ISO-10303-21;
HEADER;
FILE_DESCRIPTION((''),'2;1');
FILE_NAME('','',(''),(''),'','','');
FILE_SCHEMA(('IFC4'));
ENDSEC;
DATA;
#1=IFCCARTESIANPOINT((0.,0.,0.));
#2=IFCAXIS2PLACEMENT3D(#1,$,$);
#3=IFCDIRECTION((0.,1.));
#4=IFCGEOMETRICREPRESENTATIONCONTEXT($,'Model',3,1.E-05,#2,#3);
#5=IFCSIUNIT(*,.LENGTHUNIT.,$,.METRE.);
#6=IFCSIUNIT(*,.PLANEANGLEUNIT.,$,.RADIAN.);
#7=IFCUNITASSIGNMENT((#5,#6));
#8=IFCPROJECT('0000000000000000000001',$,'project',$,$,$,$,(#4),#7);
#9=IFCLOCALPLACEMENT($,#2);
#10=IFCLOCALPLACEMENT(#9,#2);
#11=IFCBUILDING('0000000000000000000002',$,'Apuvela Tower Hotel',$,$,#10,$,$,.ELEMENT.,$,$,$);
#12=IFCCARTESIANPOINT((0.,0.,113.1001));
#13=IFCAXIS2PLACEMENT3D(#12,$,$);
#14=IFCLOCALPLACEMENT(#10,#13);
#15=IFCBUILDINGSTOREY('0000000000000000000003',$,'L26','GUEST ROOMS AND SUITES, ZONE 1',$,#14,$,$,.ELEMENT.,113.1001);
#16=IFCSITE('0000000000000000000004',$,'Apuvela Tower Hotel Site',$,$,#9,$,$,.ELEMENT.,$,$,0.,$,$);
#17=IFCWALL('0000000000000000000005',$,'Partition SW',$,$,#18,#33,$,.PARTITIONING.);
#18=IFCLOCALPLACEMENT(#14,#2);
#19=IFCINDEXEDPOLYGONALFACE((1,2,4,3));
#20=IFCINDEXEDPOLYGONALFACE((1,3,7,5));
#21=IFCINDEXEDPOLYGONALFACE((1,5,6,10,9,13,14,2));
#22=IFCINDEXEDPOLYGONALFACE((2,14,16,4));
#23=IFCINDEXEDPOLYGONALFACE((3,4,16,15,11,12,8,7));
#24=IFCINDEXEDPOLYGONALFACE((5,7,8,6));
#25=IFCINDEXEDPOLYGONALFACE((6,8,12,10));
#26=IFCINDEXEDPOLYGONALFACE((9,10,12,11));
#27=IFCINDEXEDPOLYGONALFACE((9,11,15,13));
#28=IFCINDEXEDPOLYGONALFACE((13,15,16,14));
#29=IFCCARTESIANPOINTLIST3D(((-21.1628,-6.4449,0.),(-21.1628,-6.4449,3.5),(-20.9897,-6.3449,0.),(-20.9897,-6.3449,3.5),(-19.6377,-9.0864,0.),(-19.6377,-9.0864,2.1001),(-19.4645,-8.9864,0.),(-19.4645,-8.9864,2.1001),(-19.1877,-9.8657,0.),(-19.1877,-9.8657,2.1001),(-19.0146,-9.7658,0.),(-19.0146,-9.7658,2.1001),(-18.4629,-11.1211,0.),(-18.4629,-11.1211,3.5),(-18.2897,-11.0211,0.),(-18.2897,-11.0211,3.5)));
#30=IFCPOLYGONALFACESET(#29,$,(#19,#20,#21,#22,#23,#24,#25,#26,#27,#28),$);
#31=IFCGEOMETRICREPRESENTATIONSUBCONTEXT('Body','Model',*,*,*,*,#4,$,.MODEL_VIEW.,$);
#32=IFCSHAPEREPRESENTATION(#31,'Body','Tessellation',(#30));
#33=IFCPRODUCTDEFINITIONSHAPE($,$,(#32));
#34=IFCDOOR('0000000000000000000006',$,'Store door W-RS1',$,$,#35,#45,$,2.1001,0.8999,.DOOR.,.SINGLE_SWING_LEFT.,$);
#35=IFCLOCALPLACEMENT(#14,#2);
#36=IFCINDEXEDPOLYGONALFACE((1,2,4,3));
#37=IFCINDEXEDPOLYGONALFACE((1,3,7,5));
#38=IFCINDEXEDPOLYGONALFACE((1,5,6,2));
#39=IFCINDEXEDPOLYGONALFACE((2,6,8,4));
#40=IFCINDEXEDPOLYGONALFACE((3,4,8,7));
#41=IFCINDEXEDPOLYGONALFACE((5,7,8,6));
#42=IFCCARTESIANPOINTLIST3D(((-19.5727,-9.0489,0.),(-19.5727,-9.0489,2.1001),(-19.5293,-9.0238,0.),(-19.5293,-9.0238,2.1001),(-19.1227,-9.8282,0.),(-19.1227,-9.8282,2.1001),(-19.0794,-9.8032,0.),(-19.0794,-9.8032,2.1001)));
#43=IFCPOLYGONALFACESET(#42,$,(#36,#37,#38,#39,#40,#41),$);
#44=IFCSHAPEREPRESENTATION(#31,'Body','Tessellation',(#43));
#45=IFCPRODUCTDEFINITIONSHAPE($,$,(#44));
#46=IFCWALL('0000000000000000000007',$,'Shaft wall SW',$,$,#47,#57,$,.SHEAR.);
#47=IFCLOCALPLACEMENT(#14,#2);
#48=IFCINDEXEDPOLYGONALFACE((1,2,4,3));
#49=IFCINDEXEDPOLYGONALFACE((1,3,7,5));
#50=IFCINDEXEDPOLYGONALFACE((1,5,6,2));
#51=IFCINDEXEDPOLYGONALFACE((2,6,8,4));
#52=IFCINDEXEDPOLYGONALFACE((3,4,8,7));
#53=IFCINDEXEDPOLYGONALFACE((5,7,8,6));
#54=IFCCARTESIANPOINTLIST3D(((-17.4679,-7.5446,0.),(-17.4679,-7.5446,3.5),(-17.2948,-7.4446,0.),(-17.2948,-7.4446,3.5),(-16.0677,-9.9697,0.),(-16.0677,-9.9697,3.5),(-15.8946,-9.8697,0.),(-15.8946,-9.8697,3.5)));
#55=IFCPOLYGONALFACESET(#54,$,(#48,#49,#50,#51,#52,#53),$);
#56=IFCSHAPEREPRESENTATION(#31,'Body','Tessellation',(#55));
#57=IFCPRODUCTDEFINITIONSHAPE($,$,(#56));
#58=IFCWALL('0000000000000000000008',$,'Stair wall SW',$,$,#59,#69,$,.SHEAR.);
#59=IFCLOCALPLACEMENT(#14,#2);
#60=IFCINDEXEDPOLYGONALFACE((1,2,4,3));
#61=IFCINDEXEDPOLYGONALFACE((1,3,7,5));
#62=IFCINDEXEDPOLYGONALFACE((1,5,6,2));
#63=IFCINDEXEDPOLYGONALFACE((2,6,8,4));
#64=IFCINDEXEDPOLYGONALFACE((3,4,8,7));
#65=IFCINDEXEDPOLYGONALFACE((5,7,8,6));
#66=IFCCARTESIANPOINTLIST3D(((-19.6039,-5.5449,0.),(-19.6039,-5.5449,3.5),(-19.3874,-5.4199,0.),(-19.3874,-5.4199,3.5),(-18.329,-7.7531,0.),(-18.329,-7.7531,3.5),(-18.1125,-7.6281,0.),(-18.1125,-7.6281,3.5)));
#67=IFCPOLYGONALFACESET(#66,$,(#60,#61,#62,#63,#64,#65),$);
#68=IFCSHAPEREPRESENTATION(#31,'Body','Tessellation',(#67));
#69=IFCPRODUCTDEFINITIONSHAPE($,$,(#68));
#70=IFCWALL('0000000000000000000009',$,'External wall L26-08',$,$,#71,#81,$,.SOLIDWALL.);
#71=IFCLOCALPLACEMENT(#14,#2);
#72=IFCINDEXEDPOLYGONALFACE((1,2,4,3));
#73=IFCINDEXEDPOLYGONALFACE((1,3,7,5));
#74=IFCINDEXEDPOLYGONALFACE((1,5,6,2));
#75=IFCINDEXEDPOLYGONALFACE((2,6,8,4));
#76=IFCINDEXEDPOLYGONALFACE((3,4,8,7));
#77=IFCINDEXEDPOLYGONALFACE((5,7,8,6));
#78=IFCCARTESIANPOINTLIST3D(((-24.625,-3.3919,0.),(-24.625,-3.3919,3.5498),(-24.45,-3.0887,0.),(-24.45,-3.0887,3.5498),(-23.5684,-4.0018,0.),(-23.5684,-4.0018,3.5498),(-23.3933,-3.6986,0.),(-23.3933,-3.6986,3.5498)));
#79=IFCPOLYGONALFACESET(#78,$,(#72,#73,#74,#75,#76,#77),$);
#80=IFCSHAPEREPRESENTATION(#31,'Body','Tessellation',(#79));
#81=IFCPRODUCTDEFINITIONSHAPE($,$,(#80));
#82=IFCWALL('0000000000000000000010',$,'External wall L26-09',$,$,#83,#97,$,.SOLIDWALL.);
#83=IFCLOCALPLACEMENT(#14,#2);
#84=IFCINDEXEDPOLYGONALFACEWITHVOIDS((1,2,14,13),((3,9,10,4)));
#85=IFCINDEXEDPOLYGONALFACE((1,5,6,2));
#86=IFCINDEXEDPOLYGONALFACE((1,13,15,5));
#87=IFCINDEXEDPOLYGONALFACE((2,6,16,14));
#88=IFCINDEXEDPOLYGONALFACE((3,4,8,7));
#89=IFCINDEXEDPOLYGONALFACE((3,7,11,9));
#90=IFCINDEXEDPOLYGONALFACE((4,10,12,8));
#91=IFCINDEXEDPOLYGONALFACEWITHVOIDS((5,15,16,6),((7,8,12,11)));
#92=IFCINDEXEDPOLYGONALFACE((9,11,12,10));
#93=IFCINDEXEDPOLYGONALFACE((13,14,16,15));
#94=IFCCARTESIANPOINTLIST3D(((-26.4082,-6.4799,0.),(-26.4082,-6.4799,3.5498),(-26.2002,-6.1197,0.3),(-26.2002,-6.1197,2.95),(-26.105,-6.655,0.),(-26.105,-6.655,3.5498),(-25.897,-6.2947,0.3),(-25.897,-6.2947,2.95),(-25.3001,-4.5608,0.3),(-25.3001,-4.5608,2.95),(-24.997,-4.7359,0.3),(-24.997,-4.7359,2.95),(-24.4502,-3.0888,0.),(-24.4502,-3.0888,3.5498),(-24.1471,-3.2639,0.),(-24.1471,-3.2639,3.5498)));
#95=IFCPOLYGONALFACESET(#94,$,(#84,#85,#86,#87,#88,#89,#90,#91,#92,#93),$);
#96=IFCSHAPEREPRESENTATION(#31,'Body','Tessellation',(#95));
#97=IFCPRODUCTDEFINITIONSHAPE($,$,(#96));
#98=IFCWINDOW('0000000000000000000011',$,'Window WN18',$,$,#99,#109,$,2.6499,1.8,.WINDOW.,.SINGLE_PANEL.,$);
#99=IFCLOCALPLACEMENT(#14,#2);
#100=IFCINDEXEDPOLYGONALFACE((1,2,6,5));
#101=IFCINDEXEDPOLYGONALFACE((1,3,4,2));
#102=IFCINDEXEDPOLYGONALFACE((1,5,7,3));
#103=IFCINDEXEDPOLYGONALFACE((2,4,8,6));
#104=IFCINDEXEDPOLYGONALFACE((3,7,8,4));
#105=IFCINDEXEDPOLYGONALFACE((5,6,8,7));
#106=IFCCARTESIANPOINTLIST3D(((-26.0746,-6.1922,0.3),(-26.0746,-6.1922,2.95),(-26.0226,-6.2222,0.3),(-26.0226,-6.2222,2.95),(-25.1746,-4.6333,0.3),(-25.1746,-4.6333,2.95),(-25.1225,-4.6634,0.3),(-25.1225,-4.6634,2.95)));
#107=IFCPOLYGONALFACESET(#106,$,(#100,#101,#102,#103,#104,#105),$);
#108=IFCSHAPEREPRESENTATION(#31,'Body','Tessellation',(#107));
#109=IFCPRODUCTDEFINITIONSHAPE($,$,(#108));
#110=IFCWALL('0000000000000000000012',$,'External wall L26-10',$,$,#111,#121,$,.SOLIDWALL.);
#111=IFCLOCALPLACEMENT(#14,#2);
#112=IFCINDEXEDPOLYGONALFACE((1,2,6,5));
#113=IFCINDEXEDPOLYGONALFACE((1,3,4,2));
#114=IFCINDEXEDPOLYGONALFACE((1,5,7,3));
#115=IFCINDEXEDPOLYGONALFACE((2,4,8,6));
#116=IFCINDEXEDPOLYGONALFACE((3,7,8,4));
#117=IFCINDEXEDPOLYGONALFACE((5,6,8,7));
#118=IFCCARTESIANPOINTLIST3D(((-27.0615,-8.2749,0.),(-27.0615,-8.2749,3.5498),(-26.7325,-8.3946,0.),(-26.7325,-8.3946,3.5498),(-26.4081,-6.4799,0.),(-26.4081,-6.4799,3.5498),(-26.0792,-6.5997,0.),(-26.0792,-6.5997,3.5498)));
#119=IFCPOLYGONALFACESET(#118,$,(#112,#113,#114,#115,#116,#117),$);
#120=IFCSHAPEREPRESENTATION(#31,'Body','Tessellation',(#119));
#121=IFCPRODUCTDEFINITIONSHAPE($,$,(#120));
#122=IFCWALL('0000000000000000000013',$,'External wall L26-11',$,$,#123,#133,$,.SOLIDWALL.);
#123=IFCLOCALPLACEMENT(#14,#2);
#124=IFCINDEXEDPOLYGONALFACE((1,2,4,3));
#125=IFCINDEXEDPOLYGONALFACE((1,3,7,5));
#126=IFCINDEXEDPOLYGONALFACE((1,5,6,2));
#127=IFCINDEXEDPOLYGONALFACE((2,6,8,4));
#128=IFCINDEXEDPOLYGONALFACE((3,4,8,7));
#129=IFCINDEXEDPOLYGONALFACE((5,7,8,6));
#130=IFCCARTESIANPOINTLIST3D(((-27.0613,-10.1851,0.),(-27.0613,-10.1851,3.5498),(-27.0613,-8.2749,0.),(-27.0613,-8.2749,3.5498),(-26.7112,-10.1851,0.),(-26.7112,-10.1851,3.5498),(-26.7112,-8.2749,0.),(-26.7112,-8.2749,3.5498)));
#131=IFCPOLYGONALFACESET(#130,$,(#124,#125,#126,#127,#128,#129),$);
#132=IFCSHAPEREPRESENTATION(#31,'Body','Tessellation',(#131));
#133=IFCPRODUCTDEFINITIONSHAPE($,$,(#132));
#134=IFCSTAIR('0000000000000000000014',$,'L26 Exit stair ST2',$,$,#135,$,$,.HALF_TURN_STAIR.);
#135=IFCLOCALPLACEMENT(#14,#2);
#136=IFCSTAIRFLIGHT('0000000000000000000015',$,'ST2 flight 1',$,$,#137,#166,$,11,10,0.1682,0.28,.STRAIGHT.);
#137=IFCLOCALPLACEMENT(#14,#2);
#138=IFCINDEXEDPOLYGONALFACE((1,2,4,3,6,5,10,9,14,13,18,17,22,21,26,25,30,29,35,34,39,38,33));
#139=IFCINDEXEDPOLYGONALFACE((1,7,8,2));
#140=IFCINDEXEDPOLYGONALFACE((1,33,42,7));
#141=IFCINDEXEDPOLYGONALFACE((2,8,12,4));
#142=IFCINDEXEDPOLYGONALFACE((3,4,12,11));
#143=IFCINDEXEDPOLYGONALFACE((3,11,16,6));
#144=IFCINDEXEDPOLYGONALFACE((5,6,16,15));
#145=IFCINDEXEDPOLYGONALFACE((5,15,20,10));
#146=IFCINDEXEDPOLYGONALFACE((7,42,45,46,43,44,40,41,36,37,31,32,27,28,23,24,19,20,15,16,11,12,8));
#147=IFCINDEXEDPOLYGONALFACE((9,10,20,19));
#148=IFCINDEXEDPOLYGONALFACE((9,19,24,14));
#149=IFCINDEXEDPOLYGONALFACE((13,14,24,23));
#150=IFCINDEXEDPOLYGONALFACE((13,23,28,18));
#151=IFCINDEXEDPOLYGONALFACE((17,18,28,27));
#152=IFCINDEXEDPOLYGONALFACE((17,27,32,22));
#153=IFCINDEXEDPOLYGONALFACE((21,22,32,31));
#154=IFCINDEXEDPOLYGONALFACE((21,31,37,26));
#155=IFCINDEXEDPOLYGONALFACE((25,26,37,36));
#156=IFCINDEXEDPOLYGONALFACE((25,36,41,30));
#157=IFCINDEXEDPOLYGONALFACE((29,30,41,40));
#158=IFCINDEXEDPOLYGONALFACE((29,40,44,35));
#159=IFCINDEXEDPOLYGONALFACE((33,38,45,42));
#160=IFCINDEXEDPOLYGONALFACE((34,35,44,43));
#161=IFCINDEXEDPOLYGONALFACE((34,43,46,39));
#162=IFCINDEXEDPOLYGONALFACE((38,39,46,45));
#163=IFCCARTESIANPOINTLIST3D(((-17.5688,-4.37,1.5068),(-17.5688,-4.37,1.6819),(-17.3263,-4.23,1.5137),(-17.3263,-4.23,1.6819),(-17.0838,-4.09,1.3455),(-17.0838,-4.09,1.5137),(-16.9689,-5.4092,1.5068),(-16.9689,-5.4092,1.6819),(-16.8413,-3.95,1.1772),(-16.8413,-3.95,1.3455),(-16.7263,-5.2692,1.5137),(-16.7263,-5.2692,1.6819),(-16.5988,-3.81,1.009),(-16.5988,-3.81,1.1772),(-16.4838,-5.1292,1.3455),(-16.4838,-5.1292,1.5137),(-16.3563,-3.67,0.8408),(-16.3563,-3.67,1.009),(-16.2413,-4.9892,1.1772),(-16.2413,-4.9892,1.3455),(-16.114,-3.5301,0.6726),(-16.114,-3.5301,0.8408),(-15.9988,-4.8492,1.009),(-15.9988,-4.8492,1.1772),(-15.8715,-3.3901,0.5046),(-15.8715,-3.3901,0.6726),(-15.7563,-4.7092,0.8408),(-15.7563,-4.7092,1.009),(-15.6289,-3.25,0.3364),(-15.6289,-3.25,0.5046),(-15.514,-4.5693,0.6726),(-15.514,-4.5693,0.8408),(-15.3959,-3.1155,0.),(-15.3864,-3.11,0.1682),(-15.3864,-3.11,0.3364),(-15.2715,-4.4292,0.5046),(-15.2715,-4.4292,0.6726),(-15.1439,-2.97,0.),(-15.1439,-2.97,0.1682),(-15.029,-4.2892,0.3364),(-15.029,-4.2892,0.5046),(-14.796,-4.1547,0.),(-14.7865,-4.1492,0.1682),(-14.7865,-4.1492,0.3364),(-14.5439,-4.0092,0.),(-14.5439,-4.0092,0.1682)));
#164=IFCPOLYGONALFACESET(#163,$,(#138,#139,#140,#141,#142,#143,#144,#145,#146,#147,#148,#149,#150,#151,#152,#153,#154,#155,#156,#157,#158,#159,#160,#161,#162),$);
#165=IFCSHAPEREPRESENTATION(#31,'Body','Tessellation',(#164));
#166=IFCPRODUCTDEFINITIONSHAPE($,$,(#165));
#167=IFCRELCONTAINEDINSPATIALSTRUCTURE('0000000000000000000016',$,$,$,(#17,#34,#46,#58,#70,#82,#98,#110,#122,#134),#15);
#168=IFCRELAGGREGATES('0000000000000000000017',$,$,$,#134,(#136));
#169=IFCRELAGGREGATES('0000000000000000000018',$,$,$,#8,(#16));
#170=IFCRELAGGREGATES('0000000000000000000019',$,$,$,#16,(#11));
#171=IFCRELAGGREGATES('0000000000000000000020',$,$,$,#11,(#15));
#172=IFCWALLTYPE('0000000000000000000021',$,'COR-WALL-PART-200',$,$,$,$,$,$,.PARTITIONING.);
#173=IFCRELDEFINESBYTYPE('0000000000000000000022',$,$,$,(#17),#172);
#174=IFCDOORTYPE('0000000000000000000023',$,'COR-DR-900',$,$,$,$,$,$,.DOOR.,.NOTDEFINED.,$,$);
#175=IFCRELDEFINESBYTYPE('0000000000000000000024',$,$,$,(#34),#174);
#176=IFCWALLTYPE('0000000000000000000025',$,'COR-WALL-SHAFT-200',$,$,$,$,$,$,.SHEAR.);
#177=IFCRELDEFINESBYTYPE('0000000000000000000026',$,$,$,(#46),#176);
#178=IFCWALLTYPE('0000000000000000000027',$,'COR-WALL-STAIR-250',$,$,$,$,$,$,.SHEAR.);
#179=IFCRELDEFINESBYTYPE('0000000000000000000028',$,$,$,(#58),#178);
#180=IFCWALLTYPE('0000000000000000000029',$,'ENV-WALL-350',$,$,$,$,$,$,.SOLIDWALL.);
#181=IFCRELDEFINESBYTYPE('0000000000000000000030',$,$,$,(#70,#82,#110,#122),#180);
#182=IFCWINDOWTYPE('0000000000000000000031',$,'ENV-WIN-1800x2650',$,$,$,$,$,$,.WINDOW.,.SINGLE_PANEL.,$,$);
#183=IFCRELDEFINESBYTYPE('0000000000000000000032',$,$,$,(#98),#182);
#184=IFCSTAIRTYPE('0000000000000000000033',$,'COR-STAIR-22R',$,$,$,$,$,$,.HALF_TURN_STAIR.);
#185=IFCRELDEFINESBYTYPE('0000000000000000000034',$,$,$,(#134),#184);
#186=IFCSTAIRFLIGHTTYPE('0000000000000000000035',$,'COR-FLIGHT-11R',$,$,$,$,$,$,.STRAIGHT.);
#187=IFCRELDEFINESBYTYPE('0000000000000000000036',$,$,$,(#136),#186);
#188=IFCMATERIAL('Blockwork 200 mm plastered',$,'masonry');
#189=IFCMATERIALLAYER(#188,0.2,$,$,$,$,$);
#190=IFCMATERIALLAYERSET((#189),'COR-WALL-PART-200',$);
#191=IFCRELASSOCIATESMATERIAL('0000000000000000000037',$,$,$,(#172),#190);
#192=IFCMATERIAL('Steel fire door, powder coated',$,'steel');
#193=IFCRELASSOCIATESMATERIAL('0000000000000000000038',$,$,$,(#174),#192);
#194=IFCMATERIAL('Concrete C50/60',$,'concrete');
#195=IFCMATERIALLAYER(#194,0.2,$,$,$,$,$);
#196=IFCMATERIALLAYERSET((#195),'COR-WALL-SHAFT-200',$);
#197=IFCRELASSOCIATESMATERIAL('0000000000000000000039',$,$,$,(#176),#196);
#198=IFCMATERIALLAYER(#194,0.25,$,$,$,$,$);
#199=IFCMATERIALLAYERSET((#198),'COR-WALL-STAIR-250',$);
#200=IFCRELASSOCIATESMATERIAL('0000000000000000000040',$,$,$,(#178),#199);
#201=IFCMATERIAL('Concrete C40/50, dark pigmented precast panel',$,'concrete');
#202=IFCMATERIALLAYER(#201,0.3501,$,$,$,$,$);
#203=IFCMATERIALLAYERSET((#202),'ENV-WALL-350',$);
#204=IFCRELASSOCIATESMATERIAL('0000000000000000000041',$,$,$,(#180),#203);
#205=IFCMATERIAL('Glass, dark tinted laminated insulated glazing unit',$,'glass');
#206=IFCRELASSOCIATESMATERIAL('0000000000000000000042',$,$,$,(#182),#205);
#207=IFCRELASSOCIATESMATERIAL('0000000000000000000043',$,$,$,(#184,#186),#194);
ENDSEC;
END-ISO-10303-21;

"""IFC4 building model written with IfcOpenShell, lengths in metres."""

from ifc_helpers import new_model, si_unit, direction, frame, frame_2d, origin, place, context, subcontext, project, spatial, polyline, rectangle, outline, extrude, material, layer, layer_set, type_object, element, fill, aggregate, save


model = new_model("IFC4")

# Units and contexts
model_context = context("Model", 3, precision=1e-05, world=origin(), true_north=direction((0.0, 1.0)))
body_context = subcontext(model_context, "Body", "Model", "MODEL_VIEW")
ifc_project = project(units=[si_unit("LENGTHUNIT", "METRE"), si_unit("PLANEANGLEUNIT", "RADIAN")], contexts=[model_context])

# Site, building, storey
site_placement = place(None, origin())
site = spatial("IfcSite", under=ifc_project, at=site_placement, Name="Apuvela Tower Hotel Site", CompositionType="ELEMENT", RefElevation=0.0)
building_placement = place(site_placement, origin())
building = spatial("IfcBuilding", under=site, at=building_placement, Name="Apuvela Tower Hotel", CompositionType="ELEMENT")
storey_placement = place(building_placement, frame((0.0, 0.0, 113.1001)))
storey = spatial("IfcBuildingStorey", under=building, at=storey_placement, Name="L26", Description="GUEST ROOMS AND SUITES, ZONE 1", CompositionType="ELEMENT", Elevation=113.1001)

# Wall, opening, door
ifc_material_1 = material(Name="Blockwork 200 mm plastered", Category="masonry")
ifc_layer_1 = layer(ifc_material_1, 0.2)
ifc_layer_set_1 = layer_set([ifc_layer_1], Name="COR-WALL-PART-200")
wall_type_1 = type_object("IfcWallType", Name="COR-WALL-PART-200", PredefinedType="PARTITIONING", material=ifc_layer_set_1)
wall_1_placement = place(storey_placement, frame((-21.0762, -6.395, 0.0), z_axis=(0.0, 0.0, 1.0), x_axis=(0.500015, -0.866017, 0.0)))
wall_1 = element("IfcWall", 1, at=wall_1_placement, inside=storey, type_object=wall_type_1, Name="Partition SW", PredefinedType="PARTITIONING", context=body_context, shape_type="SweptSolid", body=[
    extrude(rectangle(XDim=5.3997, YDim=0.2, at=frame_2d((2.6997, 0.0))), origin(), (0.0, 0.0, 1.0), 3.5),
])
opening_1_placement = place(wall_1_placement, frame((3.05, 0.0, 0.0)))
opening_1 = element("IfcOpeningElement", 2, at=opening_1_placement, cuts=wall_1, PredefinedType="OPENING", context=body_context, shape_type="SweptSolid", body=[
    extrude(rectangle(XDim=0.8999, YDim=2.1001, at=frame_2d((0.45, 1.05))), frame((0.0, 0.1099, 0.0), z_axis=(0.0, -1.0, 0.0), x_axis=(1.0, 0.0, 0.0)), (0.0, 0.0, 1.0), 0.22),
])
ifc_material_2 = material(Name="Steel fire door, powder coated", Category="steel")
door_type_1 = type_object("IfcDoorType", Name="COR-DR-900", OperationType="NOTDEFINED", PredefinedType="DOOR", material=ifc_material_2)
door_1_placement = place(opening_1_placement, frame((0.8999, 0.0, 0.0), z_axis=(0.0, 0.0, 1.0), x_axis=(-1.0, 0.0, 0.0)))
door_1 = element("IfcDoor", 3, at=door_1_placement, inside=storey, type_object=door_type_1, Name="Store door W-RS1", OperationType="SINGLE_SWING_LEFT", OverallHeight=2.1001, OverallWidth=0.8999, PredefinedType="DOOR", context=body_context, shape_type="SweptSolid", body=[
    extrude(rectangle(XDim=0.8999, YDim=2.1001, at=frame_2d((0.45, 1.05))), frame((0.0, 0.0249, 0.0), z_axis=(0.0, -1.0, 0.0), x_axis=(1.0, 0.0, 0.0)), (0.0, 0.0, 1.0), 0.05),
])
fill(opening_1, door_1)

# Walls
ifc_material_3 = material(Name="Concrete C50/60", Category="concrete")
ifc_layer_2 = layer(ifc_material_3, 0.2)
ifc_layer_set_2 = layer_set([ifc_layer_2], Name="COR-WALL-SHAFT-200")
wall_type_2 = type_object("IfcWallType", Name="COR-WALL-SHAFT-200", PredefinedType="SHEAR", material=ifc_layer_set_2)
wall_2_placement = place(storey_placement, frame((-17.3813, -7.4946, 0.0), z_axis=(0.0, 0.0, 1.0), x_axis=(0.500012, -0.866019, 0.0)))
element("IfcWall", 4, at=wall_2_placement, inside=storey, type_object=wall_type_2, Name="Shaft wall SW", PredefinedType="SHEAR", context=body_context, shape_type="SweptSolid", body=[
    extrude(rectangle(XDim=2.8003, YDim=0.2, at=frame_2d((1.4001, 0.0))), origin(), (0.0, 0.0, 1.0), 3.5),
])
ifc_layer_3 = layer(ifc_material_3, 0.25)
ifc_layer_set_3 = layer_set([ifc_layer_3], Name="COR-WALL-STAIR-250")
wall_type_3 = type_object("IfcWallType", Name="COR-WALL-STAIR-250", PredefinedType="SHEAR", material=ifc_layer_set_3)
wall_3_placement = place(storey_placement, frame((-19.4956, -5.4824, 0.0), z_axis=(0.0, 0.0, 1.0), x_axis=(0.49999, -0.866031, 0.0)))
element("IfcWall", 5, at=wall_3_placement, inside=storey, type_object=wall_type_3, Name="Stair wall SW", PredefinedType="SHEAR", context=body_context, shape_type="SweptSolid", body=[
    extrude(rectangle(XDim=2.5498, YDim=0.25, at=frame_2d((1.2749, 0.0))), origin(), (0.0, 0.0, 1.0), 3.5),
])
ifc_material_4 = material(Name="Concrete C40/50, dark pigmented precast panel", Category="concrete")
ifc_layer_4 = layer(ifc_material_4, 0.3501)
ifc_layer_set_4 = layer_set([ifc_layer_4], Name="ENV-WALL-350")
wall_type_4 = type_object("IfcWallType", Name="ENV-WALL-350", PredefinedType="SOLIDWALL", material=ifc_layer_set_4)
wall_4_placement = place(storey_placement, frame((-23.481, -3.8501, 0.0), z_axis=(0.0, 0.0, 1.0), x_axis=(-0.866092, 0.499884, 0.0)))
element("IfcWall", 6, at=wall_4_placement, inside=storey, type_object=wall_type_4, Name="External wall L26-08", PredefinedType="SOLIDWALL", context=body_context, shape_type="SweptSolid", body=[
    extrude(rectangle(XDim=1.22, YDim=0.3501, at=frame_2d((0.6099, 0.0))), origin(), (0.0, 0.0, 1.0), 3.5498),
])

# Wall, opening, window
wall_5_placement = place(storey_placement, frame((-24.2986, -3.1763, 0.0), z_axis=(0.0, 0.0, 1.0), x_axis=(-0.500028, -0.866009, 0.0)))
wall_5 = element("IfcWall", 7, at=wall_5_placement, inside=storey, type_object=wall_type_4, Name="External wall L26-09", PredefinedType="SOLIDWALL", context=body_context, shape_type="SweptSolid", body=[
    extrude(rectangle(XDim=3.9158, YDim=0.3501, at=frame_2d((1.958, 0.0))), origin(), (0.0, 0.0, 1.0), 3.5498),
])
opening_2_placement = place(wall_5_placement, frame((1.7, 0.0, 0.3)))
opening_2 = element("IfcOpeningElement", 8, at=opening_2_placement, cuts=wall_5, PredefinedType="OPENING", context=body_context, shape_type="SweptSolid", body=[
    extrude(rectangle(XDim=1.8, YDim=2.6499, at=frame_2d((0.8999, 1.325))), frame((0.0, 0.1851, 0.0), z_axis=(0.0, -1.0, 0.0), x_axis=(1.0, 0.0, 0.0)), (0.0, 0.0, 1.0), 0.3701),
])
ifc_material_5 = material(Name="Glass, dark tinted laminated insulated glazing unit", Category="glass")
window_type = type_object("IfcWindowType", Name="ENV-WIN-1800x2650", PartitioningType="SINGLE_PANEL", PredefinedType="WINDOW", material=ifc_material_5)
window_placement = place(opening_2_placement, origin())
window = element("IfcWindow", 9, at=window_placement, inside=storey, type_object=window_type, Name="Window WN18", OverallHeight=2.6499, OverallWidth=1.8, PartitioningType="SINGLE_PANEL", PredefinedType="WINDOW", context=body_context, shape_type="SweptSolid", body=[
    extrude(rectangle(XDim=1.8, YDim=2.6499, at=frame_2d((0.8999, 1.325))), frame((0.0, 0.03, 0.0), z_axis=(0.0, -1.0, 0.0), x_axis=(1.0, 0.0, 0.0)), (0.0, 0.0, 1.0), 0.0601),
])
fill(opening_2, window)

# Walls
for number, where, z_axis, x_axis, name in (
    (10, (-26.2437, -6.5398, 0.0), (0.0, 0.0, 1.0), (-0.34203, -0.939689, 0.0), "External wall L26-10"),
    (11, (-26.8862, -8.2749, 0.0), (0.0, 0.0, 1.0), (0.0, -1.0, 0.0), "External wall L26-11"),
):
    element("IfcWall", number, at=place(storey_placement, frame(where, z_axis=z_axis, x_axis=x_axis)), inside=storey, type_object=wall_type_4, Name=name, PredefinedType="SOLIDWALL", context=body_context, shape_type="SweptSolid", body=[
        extrude(rectangle(XDim=1.9102, YDim=0.3501, at=frame_2d((0.9551, 0.0))), origin(), (0.0, 0.0, 1.0), 3.5498),
    ])

# Stair, stair flight
stair_type = type_object("IfcStairType", Name="COR-STAIR-22R", PredefinedType="HALF_TURN_STAIR", material=ifc_material_3)
stair_placement = place(storey_placement, origin())
stair = element("IfcStair", 12, at=stair_placement, inside=storey, type_object=stair_type, Name="L26 Exit stair ST2", PredefinedType="HALF_TURN_STAIR")
stair_flight_type = type_object("IfcStairFlightType", Name="COR-FLIGHT-11R", PredefinedType="STRAIGHT", material=ifc_material_3)
stair_flight_1_placement = place(storey_placement, frame((-14.844, -3.4895, 0.0), z_axis=(0.0, 0.0, 1.0), x_axis=(-0.866025, -0.5, 0.0)))
stair_flight_1 = element("IfcStairFlight", 13, at=stair_flight_1_placement, type_object=stair_flight_type, Name="ST2 flight 1", NumberOfRisers=11, NumberOfTreads=10, PredefinedType="STRAIGHT", RiserHeight=0.1682, TreadLength=0.28, context=body_context, shape_type="SweptSolid", body=[
    extrude(outline(polyline([(0.0, 0.0), (0.0, 0.1682), (0.28, 0.1682), (0.28, 0.3364), (0.5601, 0.3364), (0.5601, 0.5046), (0.8401, 0.5046), (0.8401, 0.6726), (1.1201, 0.6726), (1.1201, 0.8408), (1.3999, 0.8408), (1.3999, 1.009), (1.6799, 1.009), (1.6799, 1.1772), (1.96, 1.1772), (1.96, 1.3455), (2.24, 1.3455), (2.24, 1.5137), (2.52, 1.5137), (2.52, 1.6819), (2.8, 1.6819), (2.8, 1.8501), (2.8, 1.5068), (0.291, 0.0), (0.0, 0.0)])), frame((0.0, 0.6001, 0.0), z_axis=(0.0, -1.0, 0.0), x_axis=(1.0, 0.0, 0.0)), (0.0, 0.0, 1.0), 1.2),
])
aggregate(stair, [stair_flight_1])

save(model, "model.ifc")
